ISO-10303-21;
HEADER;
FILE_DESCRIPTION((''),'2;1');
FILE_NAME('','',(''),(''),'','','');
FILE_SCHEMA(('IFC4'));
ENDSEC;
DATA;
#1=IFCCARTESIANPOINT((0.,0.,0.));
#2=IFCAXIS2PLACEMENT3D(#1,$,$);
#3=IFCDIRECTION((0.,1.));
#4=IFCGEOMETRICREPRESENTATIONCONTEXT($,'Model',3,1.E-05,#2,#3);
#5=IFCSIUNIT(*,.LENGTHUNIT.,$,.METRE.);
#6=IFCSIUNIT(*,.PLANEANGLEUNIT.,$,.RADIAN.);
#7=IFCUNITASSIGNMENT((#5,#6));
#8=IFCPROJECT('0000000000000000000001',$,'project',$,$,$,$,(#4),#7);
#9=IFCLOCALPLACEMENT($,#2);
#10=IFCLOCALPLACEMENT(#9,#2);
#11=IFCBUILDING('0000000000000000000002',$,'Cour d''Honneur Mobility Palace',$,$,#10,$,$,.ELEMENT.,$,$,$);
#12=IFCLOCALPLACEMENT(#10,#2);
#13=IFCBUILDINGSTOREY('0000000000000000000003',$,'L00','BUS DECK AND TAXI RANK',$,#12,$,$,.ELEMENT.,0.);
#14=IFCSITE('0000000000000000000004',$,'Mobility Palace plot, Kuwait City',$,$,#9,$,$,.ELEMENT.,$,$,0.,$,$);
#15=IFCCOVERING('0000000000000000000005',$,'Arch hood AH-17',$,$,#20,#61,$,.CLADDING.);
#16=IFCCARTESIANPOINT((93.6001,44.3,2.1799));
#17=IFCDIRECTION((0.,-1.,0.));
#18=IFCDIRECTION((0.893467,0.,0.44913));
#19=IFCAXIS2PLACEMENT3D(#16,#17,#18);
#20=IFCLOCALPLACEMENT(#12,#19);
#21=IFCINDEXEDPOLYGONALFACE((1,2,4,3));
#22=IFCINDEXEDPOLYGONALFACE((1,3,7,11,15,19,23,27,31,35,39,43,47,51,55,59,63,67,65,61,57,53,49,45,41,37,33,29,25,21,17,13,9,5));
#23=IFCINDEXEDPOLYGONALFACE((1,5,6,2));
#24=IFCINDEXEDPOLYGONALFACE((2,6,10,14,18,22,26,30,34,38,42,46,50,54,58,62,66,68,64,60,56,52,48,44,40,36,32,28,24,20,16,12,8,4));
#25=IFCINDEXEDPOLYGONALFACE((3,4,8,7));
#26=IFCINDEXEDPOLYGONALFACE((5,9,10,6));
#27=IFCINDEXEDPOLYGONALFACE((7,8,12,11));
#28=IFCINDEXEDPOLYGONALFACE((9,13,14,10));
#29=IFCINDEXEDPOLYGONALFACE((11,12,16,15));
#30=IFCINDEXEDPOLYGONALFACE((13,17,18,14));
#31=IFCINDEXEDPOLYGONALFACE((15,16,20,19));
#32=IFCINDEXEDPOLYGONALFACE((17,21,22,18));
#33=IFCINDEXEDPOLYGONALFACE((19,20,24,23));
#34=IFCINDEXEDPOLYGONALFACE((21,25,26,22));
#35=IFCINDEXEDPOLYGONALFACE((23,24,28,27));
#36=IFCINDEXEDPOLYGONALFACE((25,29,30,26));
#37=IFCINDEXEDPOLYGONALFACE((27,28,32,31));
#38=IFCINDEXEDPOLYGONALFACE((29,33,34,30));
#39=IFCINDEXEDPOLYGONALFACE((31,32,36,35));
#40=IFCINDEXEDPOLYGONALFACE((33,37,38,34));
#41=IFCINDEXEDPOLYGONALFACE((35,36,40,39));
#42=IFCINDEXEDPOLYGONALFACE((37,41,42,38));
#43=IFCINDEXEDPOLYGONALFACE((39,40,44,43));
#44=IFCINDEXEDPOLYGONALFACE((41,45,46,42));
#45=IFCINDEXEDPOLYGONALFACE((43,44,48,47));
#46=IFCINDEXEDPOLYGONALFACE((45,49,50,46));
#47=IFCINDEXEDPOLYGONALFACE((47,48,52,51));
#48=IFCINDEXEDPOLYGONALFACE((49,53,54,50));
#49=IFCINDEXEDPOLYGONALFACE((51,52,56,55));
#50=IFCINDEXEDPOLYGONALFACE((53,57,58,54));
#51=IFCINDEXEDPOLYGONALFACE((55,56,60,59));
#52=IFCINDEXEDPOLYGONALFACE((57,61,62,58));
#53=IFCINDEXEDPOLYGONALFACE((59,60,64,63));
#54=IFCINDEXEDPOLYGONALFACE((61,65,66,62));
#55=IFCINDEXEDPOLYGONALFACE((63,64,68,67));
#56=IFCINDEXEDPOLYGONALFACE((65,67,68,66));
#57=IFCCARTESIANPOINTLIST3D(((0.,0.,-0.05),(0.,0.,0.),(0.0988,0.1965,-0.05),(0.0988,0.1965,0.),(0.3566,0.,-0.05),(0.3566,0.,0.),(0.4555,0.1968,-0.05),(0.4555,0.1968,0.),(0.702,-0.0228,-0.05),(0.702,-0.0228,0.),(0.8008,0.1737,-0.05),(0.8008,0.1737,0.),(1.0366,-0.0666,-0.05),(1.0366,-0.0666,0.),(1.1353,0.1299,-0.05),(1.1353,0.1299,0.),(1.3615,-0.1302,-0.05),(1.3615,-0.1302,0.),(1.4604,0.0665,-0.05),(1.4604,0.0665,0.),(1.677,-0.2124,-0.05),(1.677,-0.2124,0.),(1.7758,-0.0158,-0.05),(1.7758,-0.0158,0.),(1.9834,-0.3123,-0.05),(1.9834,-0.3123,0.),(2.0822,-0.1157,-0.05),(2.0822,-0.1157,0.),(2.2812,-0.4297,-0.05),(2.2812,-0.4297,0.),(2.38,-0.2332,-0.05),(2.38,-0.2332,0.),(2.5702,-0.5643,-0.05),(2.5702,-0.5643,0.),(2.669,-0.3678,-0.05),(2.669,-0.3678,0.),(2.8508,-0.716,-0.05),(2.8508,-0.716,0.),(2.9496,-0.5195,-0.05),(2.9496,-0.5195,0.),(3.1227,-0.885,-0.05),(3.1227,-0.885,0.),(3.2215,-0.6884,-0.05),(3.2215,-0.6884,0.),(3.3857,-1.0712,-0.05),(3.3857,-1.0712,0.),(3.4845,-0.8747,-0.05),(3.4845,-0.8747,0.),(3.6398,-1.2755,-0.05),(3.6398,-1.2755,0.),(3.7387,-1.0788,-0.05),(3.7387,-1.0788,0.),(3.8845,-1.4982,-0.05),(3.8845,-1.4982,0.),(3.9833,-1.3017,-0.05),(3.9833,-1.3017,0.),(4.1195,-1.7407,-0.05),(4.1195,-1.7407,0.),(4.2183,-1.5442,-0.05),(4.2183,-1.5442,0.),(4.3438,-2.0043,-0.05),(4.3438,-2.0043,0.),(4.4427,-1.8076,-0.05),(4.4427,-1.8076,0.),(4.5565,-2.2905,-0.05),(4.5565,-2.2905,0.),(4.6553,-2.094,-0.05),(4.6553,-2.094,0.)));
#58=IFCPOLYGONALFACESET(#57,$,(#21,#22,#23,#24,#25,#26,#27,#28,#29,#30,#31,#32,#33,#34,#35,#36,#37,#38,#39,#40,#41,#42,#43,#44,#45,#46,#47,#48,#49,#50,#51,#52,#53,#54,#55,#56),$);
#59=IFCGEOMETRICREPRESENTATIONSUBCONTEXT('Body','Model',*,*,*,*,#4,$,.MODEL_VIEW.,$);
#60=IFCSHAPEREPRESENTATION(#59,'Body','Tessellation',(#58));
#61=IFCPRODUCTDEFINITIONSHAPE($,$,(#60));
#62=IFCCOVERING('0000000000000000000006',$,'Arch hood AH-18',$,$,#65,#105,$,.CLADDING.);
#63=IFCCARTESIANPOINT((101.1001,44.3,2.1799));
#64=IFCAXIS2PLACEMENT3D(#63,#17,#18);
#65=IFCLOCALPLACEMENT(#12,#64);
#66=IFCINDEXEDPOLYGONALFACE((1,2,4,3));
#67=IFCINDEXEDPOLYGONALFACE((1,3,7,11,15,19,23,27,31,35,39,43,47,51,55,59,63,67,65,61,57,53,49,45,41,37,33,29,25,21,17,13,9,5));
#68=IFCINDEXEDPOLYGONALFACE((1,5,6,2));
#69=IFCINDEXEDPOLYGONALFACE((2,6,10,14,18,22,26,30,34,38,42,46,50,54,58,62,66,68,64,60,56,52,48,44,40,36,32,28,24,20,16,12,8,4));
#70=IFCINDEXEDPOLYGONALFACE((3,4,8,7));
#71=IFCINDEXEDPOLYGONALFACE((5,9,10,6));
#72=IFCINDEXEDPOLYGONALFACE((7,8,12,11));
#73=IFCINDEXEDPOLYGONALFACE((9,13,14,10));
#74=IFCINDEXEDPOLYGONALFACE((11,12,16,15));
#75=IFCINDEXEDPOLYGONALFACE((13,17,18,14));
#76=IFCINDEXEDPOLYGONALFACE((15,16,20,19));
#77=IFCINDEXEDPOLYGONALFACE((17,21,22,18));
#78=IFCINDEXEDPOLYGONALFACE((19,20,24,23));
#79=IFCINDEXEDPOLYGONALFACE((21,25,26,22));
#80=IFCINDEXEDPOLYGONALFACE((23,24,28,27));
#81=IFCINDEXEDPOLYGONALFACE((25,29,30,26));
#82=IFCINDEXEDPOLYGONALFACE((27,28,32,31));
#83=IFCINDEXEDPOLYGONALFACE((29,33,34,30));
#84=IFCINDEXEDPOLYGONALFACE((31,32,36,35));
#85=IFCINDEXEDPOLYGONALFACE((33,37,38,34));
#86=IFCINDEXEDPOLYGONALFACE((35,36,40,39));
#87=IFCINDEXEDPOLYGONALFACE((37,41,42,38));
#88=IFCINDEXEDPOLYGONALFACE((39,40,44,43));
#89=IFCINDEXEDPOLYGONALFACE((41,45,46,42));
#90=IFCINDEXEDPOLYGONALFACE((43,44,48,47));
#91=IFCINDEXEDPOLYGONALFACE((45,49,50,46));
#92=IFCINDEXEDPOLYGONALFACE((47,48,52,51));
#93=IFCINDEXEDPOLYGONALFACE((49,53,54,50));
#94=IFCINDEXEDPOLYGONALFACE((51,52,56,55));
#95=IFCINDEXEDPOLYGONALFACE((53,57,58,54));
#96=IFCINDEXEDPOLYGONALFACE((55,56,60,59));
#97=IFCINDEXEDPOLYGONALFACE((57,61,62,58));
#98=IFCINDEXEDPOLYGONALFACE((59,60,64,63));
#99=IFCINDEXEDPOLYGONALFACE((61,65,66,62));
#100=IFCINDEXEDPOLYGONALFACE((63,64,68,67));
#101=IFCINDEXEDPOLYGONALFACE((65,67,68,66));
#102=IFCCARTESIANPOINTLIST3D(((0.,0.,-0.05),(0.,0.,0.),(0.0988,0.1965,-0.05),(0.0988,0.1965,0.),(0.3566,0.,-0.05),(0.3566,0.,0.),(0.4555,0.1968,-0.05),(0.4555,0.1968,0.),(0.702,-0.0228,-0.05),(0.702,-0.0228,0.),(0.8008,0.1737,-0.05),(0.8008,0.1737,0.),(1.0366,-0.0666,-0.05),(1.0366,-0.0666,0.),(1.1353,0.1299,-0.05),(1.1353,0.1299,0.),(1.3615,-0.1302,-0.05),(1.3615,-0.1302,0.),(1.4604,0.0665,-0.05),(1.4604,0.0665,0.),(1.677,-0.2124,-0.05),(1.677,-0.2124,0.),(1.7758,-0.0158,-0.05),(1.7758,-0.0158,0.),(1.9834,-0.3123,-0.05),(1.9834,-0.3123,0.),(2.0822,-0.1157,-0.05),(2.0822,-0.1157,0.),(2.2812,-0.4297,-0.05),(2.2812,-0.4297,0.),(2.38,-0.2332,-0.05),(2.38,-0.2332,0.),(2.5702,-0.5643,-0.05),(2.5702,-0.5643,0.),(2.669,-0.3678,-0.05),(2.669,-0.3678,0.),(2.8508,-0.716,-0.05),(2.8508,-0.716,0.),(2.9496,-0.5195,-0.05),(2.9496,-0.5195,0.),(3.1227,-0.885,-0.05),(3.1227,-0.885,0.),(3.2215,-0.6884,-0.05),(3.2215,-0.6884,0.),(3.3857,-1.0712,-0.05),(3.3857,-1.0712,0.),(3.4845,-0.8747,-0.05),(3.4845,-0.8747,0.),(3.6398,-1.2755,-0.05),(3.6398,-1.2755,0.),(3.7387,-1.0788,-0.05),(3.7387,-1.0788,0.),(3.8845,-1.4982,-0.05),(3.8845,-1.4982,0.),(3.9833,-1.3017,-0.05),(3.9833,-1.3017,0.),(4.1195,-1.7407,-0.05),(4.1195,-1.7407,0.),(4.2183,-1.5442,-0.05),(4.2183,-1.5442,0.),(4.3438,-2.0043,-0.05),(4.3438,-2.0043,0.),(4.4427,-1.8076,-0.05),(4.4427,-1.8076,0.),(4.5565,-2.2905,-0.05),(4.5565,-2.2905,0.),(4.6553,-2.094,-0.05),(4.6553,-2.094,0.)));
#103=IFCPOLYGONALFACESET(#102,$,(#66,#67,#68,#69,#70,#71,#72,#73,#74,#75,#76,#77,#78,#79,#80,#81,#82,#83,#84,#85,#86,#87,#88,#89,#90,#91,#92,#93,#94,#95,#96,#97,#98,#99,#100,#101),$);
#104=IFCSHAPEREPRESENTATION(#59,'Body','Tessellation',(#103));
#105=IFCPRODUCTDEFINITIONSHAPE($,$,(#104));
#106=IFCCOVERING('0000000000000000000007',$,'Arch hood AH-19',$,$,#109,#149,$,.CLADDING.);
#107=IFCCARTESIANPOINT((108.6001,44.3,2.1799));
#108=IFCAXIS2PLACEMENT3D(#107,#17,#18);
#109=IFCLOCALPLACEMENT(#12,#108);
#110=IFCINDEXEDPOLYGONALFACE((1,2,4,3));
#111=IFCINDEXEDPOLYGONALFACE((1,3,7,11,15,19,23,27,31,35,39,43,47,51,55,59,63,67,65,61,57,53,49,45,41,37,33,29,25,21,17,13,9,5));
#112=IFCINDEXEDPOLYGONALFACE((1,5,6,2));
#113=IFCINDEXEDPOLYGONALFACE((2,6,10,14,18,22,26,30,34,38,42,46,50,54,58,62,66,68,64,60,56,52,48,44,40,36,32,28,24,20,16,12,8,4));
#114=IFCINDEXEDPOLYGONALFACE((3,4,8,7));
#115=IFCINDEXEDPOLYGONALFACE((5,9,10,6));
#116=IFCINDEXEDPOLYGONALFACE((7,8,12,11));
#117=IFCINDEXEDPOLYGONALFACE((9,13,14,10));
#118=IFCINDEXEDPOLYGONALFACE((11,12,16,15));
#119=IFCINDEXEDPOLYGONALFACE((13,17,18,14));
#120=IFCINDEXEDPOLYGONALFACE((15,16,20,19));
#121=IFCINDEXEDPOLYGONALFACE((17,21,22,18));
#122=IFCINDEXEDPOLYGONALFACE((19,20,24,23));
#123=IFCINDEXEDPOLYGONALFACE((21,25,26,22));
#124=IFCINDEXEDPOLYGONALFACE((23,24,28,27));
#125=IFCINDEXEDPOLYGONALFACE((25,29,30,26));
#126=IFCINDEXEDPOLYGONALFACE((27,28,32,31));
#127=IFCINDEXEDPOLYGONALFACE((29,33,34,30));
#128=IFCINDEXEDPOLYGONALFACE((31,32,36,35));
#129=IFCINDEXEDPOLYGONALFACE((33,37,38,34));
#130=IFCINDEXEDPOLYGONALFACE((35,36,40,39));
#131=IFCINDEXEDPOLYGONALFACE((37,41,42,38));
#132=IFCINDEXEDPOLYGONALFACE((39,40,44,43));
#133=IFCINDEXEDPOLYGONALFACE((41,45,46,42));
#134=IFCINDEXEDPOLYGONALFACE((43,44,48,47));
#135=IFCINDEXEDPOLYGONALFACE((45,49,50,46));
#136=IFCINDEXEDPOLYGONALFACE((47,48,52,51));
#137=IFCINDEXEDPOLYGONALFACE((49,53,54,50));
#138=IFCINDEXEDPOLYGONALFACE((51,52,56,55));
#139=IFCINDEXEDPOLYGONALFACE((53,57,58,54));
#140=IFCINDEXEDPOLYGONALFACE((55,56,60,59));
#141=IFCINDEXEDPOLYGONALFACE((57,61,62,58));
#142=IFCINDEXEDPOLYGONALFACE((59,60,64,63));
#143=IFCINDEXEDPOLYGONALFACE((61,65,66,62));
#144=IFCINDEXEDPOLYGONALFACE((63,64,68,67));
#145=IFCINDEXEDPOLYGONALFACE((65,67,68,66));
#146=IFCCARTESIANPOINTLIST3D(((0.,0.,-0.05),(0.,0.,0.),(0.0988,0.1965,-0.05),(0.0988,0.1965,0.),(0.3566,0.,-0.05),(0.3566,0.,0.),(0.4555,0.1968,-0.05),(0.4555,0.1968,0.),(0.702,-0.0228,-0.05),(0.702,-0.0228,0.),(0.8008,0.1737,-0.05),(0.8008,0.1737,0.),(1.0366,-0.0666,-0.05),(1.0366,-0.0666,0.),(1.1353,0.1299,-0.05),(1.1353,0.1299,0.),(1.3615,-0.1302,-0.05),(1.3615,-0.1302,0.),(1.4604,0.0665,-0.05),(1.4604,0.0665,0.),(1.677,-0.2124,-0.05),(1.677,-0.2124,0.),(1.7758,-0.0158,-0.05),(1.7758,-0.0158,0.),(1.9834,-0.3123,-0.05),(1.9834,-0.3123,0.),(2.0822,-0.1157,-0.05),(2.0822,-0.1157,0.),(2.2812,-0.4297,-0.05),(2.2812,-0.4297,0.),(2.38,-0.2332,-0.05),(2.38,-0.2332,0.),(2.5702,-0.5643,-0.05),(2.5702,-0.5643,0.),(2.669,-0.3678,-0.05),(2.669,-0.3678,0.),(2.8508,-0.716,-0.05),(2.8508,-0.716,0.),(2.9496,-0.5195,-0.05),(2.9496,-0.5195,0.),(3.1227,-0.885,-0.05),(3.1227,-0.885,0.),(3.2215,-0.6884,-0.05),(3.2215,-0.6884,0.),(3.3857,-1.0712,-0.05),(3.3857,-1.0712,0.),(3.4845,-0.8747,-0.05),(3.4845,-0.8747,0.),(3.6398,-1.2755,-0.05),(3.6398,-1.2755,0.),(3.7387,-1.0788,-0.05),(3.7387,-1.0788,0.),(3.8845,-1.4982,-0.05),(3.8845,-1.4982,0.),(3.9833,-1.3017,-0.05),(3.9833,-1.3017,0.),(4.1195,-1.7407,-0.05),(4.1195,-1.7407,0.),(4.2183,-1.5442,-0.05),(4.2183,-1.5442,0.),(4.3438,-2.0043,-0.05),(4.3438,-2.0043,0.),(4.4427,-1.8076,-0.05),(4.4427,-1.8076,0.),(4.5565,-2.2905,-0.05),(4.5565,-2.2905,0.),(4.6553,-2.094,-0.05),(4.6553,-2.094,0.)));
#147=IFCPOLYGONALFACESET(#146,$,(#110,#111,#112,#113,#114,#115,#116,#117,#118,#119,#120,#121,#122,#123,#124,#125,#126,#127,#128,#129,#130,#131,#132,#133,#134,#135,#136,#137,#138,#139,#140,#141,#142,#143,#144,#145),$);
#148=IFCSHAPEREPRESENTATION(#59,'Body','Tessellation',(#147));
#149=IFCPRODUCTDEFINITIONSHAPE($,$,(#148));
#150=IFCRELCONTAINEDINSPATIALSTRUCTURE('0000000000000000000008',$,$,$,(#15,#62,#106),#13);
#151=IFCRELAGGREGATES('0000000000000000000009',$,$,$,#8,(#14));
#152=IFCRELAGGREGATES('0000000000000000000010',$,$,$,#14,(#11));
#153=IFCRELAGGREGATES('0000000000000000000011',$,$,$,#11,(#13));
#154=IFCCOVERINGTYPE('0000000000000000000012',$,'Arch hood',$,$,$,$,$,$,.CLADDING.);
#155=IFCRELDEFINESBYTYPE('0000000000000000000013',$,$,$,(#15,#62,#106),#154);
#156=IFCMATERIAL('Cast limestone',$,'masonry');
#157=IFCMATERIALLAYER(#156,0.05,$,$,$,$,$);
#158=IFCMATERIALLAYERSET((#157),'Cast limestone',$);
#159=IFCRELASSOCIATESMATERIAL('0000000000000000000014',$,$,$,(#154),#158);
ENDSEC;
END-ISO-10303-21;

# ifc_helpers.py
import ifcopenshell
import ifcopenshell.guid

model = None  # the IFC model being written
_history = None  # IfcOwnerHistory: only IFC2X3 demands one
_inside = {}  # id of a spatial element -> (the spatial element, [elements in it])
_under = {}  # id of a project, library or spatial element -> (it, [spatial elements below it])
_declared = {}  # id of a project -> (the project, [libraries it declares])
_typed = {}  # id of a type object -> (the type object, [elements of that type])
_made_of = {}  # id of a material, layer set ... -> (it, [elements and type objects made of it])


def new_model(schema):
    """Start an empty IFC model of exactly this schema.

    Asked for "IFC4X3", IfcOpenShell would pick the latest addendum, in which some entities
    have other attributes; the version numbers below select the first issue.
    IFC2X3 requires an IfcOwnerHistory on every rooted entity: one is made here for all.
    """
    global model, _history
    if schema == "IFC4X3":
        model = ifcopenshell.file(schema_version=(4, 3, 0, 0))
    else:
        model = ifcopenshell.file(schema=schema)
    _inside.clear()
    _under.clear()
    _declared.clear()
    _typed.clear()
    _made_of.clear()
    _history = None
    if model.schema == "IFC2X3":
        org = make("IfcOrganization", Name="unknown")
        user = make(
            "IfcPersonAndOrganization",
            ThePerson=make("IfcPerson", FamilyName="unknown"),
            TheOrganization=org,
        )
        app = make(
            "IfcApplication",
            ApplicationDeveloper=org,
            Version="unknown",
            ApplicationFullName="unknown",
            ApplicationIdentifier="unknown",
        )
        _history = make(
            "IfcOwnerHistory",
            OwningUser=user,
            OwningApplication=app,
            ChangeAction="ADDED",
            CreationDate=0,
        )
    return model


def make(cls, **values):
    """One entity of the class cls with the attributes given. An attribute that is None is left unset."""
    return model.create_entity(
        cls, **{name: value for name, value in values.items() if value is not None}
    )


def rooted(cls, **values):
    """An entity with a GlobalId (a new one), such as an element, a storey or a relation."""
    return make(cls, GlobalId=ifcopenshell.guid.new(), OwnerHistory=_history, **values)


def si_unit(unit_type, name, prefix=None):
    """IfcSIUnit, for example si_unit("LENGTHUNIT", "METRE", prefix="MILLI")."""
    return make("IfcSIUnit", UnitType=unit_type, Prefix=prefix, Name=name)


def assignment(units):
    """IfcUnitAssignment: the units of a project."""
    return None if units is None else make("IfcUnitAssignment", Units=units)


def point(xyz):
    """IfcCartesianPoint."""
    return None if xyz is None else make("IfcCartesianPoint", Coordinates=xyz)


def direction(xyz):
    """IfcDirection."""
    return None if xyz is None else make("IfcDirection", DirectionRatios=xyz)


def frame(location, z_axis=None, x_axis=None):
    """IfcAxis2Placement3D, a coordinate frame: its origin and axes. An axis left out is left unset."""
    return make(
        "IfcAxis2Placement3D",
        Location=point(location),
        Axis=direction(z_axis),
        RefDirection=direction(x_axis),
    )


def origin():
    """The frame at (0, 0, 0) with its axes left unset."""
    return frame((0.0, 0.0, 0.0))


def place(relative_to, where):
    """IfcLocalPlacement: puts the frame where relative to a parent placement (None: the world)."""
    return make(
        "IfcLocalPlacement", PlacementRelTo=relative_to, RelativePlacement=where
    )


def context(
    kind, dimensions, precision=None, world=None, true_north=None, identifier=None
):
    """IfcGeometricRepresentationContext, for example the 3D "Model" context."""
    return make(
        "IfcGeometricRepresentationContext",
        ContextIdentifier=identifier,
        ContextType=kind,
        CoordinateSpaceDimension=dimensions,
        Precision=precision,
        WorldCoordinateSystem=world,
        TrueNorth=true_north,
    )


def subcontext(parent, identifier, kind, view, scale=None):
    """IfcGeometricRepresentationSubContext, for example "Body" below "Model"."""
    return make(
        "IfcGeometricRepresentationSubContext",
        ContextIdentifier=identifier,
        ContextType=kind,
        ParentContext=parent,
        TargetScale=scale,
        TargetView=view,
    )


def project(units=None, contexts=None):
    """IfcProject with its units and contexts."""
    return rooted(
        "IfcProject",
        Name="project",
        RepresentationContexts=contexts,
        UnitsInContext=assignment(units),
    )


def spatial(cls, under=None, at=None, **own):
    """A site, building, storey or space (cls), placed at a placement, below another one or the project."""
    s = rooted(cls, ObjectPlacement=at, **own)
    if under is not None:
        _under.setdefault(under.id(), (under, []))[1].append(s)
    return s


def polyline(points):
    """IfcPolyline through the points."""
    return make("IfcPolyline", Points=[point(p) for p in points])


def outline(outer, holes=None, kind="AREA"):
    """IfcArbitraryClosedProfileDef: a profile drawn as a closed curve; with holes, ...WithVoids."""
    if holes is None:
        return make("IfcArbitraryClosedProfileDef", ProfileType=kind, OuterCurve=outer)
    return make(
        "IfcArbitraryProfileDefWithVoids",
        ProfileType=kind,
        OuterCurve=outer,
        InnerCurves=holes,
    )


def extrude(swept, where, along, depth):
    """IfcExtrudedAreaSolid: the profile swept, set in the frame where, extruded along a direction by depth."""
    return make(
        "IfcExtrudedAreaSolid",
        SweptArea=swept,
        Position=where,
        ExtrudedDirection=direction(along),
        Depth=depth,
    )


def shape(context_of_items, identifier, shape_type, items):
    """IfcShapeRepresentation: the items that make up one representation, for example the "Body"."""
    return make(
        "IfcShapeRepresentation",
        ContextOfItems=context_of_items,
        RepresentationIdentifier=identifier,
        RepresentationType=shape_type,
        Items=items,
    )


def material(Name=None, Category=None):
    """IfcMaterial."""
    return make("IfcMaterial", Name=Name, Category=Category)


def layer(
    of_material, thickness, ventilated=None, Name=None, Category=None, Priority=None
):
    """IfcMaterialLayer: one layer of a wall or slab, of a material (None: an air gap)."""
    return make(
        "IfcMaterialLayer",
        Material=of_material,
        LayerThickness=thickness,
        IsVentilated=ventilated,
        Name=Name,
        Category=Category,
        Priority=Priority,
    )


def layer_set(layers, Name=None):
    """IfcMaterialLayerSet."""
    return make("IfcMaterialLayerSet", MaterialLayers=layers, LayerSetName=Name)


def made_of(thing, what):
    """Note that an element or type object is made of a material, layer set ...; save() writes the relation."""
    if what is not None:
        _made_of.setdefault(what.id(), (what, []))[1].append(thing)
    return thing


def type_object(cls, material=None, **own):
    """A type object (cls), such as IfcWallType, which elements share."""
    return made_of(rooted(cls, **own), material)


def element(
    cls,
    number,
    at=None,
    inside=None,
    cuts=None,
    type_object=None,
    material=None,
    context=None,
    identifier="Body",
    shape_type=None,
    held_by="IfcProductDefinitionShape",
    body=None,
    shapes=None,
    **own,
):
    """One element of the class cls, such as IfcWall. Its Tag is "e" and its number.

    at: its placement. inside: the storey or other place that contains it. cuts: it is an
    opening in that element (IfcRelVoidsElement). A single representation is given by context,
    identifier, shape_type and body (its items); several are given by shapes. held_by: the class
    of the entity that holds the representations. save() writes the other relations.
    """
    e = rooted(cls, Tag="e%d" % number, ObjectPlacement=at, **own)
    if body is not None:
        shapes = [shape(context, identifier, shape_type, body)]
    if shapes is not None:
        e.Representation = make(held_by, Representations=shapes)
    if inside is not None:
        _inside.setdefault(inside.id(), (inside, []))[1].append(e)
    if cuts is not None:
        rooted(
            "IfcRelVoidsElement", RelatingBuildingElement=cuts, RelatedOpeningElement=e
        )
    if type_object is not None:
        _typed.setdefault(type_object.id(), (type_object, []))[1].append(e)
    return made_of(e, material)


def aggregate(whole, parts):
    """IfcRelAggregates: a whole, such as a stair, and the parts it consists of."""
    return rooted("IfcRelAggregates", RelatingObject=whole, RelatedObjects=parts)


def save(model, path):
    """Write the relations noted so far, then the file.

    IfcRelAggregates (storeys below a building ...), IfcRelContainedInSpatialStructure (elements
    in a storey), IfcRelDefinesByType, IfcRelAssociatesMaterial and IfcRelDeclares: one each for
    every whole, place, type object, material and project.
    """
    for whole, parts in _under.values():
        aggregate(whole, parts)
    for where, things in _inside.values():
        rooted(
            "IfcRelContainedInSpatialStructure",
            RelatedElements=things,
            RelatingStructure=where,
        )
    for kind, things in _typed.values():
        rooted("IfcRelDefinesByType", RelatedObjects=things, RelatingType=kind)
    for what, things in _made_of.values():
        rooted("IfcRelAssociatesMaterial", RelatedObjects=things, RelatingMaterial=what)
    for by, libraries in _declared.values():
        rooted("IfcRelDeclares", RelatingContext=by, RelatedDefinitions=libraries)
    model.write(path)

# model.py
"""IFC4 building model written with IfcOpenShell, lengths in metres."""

from ifc_helpers import new_model, si_unit, direction, frame, origin, place, context, subcontext, project, spatial, polyline, outline, extrude, material, layer, layer_set, type_object, element, save


model = new_model("IFC4")

# Units and contexts
model_context = context("Model", 3, precision=1e-05, world=origin(), true_north=direction((0.0, 1.0)))
body_context = subcontext(model_context, "Body", "Model", "MODEL_VIEW")
ifc_project = project(units=[si_unit("LENGTHUNIT", "METRE"), si_unit("PLANEANGLEUNIT", "RADIAN")], contexts=[model_context])

# Site, building, storey
site_placement = place(None, origin())
site = spatial("IfcSite", under=ifc_project, at=site_placement, Name="Mobility Palace plot, Kuwait City", CompositionType="ELEMENT", RefElevation=0.0)
building_placement = place(site_placement, origin())
building = spatial("IfcBuilding", under=site, at=building_placement, Name="Cour d'Honneur Mobility Palace", CompositionType="ELEMENT")
storey_placement = place(building_placement, origin())
storey = spatial("IfcBuildingStorey", under=building, at=storey_placement, Name="L00", Description="BUS DECK AND TAXI RANK", CompositionType="ELEMENT", Elevation=0.0)

# Coverings
ifc_material_1 = material(Name="Cast limestone", Category="masonry")
ifc_layer_1 = layer(ifc_material_1, 0.05)
ifc_layer_set_1 = layer_set([ifc_layer_1], Name="Cast limestone")
covering_type_1 = type_object("IfcCoveringType", Name="Arch hood", PredefinedType="CLADDING", material=ifc_layer_set_1)
for number, where, z_axis, x_axis, name in (
    (1, (93.6001, 44.3, 2.1799), (0.0, -1.0, 0.0), (0.893467, 0.0, 0.44913), "Arch hood AH-17"),
    (2, (101.1001, 44.3, 2.1799), (0.0, -1.0, 0.0), (0.893467, 0.0, 0.44913), "Arch hood AH-18"),
    (3, (108.6001, 44.3, 2.1799), (0.0, -1.0, 0.0), (0.893467, 0.0, 0.44913), "Arch hood AH-19"),
):
    element("IfcCovering", number, at=place(storey_placement, frame(where, z_axis=z_axis, x_axis=x_axis)), inside=storey, type_object=covering_type_1, Name=name, PredefinedType="CLADDING", context=body_context, shape_type="SweptSolid", body=[
        extrude(outline(polyline([(0.0, 0.0), (0.3566, 0.0), (0.702, -0.0228), (1.0366, -0.0666), (1.3615, -0.1302), (1.677, -0.2124), (1.9834, -0.3123), (2.2812, -0.4297), (2.5702, -0.5643), (2.8508, -0.716), (3.1227, -0.885), (3.3857, -1.0712), (3.6398, -1.2755), (3.8845, -1.4982), (4.1195, -1.7407), (4.3438, -2.0043), (4.5565, -2.2905), (4.6553, -2.094), (4.4427, -1.8076), (4.2183, -1.5442), (3.9833, -1.3017), (3.7387, -1.0788), (3.4845, -0.8747), (3.2215, -0.6884), (2.9496, -0.5195), (2.669, -0.3678), (2.38, -0.2332), (2.0822, -0.1157), (1.7758, -0.0158), (1.4604, 0.0665), (1.1353, 0.1299), (0.8008, 0.1737), (0.4555, 0.1968), (0.0988, 0.1965), (0.0, 0.0)])), origin(), (0.0, 0.0, -1.0), 0.05),
    ])

save(model, "model.ifc")
